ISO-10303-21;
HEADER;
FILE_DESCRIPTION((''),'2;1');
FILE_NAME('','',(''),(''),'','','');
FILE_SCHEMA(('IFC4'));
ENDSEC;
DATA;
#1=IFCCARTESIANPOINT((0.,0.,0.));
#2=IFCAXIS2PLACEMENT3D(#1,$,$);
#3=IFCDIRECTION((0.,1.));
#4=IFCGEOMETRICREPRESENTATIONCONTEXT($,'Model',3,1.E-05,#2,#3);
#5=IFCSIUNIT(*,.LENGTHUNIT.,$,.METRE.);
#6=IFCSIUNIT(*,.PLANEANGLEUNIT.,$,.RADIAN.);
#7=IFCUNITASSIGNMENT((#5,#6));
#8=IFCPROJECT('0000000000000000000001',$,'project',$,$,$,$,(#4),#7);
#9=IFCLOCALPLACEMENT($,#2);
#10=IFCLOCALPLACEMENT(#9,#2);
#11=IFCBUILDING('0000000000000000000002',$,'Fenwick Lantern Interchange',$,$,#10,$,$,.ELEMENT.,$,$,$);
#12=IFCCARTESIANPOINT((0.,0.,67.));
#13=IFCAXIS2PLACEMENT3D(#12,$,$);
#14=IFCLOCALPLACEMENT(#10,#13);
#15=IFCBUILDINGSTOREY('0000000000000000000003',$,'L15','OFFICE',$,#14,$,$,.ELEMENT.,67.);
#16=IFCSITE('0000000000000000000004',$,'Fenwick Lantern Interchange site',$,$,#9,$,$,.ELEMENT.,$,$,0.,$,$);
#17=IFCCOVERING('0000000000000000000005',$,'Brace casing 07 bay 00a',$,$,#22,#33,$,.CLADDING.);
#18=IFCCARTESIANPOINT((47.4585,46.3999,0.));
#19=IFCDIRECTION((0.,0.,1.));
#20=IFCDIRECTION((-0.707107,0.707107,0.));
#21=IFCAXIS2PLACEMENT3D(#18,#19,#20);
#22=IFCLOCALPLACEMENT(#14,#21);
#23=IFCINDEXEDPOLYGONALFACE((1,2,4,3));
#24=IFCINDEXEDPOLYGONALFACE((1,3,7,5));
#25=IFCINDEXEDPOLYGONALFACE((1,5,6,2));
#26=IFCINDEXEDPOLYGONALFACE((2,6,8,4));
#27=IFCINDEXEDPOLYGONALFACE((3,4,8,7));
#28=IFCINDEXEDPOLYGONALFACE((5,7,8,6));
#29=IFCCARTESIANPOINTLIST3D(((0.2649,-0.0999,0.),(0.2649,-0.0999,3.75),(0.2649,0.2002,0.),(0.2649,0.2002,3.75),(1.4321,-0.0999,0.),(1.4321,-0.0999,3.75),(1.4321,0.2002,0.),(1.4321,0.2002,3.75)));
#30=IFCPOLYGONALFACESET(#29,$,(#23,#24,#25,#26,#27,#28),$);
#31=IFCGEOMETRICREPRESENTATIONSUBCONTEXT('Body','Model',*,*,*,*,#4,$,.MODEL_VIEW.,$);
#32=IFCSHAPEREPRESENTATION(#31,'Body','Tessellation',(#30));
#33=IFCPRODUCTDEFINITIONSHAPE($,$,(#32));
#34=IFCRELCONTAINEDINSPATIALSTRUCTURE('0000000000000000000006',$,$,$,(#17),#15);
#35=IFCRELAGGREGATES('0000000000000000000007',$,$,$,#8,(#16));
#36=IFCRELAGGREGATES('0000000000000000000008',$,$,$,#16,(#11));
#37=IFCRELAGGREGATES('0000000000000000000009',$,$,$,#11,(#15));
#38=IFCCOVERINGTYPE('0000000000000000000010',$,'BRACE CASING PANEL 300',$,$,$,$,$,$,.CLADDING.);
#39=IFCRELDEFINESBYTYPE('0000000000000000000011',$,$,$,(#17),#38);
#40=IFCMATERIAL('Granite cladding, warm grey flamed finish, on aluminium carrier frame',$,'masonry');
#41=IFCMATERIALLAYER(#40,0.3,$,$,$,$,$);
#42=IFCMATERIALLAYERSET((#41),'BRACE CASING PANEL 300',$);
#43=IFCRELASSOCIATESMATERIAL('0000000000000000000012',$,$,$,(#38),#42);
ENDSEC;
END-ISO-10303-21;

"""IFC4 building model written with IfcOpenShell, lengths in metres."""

from ifc_helpers import new_model, si_unit, direction, frame, origin, place, context, subcontext, project, spatial, polyline, outline, extrude, material, layer, layer_set, type_object, element, save


model = new_model("IFC4")

# Units and contexts
model_context = context("Model", 3, precision=1e-05, world=origin(), true_north=direction((0.0, 1.0)))
body_context = subcontext(model_context, "Body", "Model", "MODEL_VIEW")
ifc_project = project(units=[si_unit("LENGTHUNIT", "METRE"), si_unit("PLANEANGLEUNIT", "RADIAN")], contexts=[model_context])

# Site, building, storey
site_placement = place(None, origin())
site = spatial("IfcSite", under=ifc_project, at=site_placement, Name="Fenwick Lantern Interchange site", CompositionType="ELEMENT", RefElevation=0.0)
building_placement = place(site_placement, origin())
building = spatial("IfcBuilding", under=site, at=building_placement, Name="Fenwick Lantern Interchange", CompositionType="ELEMENT")
storey_placement = place(building_placement, frame((0.0, 0.0, 67.0)))
storey = spatial("IfcBuildingStorey", under=building, at=storey_placement, Name="L15", Description="OFFICE", CompositionType="ELEMENT", Elevation=67.0)

# Covering
ifc_material_1 = material(Name="Granite cladding, warm grey flamed finish, on aluminium carrier frame", Category="masonry")
ifc_layer_1 = layer(ifc_material_1, 0.3)
ifc_layer_set_1 = layer_set([ifc_layer_1], Name="BRACE CASING PANEL 300")
covering_type = type_object("IfcCoveringType", Name="BRACE CASING PANEL 300", PredefinedType="CLADDING", material=ifc_layer_set_1)
covering_placement = place(storey_placement, frame((47.4585, 46.3999, 0.0), z_axis=(0.0, 0.0, 1.0), x_axis=(-0.707107, 0.707107, 0.0)))
element("IfcCovering", 1, at=covering_placement, inside=storey, type_object=covering_type, Name="Brace casing 07 bay 00a", PredefinedType="CLADDING", context=body_context, shape_type="SweptSolid", body=[
    extrude(outline(polyline([(0.2649, 0.0), (1.4321, 0.0), (1.4321, 3.75), (0.2649, 3.75), (0.2649, 0.0)])), frame((0.0, 0.2002, 0.0), z_axis=(0.0, -1.0, 0.0), x_axis=(1.0, 0.0, 0.0)), (0.0, 0.0, 1.0), 0.3),
])

save(model, "model.ifc")
